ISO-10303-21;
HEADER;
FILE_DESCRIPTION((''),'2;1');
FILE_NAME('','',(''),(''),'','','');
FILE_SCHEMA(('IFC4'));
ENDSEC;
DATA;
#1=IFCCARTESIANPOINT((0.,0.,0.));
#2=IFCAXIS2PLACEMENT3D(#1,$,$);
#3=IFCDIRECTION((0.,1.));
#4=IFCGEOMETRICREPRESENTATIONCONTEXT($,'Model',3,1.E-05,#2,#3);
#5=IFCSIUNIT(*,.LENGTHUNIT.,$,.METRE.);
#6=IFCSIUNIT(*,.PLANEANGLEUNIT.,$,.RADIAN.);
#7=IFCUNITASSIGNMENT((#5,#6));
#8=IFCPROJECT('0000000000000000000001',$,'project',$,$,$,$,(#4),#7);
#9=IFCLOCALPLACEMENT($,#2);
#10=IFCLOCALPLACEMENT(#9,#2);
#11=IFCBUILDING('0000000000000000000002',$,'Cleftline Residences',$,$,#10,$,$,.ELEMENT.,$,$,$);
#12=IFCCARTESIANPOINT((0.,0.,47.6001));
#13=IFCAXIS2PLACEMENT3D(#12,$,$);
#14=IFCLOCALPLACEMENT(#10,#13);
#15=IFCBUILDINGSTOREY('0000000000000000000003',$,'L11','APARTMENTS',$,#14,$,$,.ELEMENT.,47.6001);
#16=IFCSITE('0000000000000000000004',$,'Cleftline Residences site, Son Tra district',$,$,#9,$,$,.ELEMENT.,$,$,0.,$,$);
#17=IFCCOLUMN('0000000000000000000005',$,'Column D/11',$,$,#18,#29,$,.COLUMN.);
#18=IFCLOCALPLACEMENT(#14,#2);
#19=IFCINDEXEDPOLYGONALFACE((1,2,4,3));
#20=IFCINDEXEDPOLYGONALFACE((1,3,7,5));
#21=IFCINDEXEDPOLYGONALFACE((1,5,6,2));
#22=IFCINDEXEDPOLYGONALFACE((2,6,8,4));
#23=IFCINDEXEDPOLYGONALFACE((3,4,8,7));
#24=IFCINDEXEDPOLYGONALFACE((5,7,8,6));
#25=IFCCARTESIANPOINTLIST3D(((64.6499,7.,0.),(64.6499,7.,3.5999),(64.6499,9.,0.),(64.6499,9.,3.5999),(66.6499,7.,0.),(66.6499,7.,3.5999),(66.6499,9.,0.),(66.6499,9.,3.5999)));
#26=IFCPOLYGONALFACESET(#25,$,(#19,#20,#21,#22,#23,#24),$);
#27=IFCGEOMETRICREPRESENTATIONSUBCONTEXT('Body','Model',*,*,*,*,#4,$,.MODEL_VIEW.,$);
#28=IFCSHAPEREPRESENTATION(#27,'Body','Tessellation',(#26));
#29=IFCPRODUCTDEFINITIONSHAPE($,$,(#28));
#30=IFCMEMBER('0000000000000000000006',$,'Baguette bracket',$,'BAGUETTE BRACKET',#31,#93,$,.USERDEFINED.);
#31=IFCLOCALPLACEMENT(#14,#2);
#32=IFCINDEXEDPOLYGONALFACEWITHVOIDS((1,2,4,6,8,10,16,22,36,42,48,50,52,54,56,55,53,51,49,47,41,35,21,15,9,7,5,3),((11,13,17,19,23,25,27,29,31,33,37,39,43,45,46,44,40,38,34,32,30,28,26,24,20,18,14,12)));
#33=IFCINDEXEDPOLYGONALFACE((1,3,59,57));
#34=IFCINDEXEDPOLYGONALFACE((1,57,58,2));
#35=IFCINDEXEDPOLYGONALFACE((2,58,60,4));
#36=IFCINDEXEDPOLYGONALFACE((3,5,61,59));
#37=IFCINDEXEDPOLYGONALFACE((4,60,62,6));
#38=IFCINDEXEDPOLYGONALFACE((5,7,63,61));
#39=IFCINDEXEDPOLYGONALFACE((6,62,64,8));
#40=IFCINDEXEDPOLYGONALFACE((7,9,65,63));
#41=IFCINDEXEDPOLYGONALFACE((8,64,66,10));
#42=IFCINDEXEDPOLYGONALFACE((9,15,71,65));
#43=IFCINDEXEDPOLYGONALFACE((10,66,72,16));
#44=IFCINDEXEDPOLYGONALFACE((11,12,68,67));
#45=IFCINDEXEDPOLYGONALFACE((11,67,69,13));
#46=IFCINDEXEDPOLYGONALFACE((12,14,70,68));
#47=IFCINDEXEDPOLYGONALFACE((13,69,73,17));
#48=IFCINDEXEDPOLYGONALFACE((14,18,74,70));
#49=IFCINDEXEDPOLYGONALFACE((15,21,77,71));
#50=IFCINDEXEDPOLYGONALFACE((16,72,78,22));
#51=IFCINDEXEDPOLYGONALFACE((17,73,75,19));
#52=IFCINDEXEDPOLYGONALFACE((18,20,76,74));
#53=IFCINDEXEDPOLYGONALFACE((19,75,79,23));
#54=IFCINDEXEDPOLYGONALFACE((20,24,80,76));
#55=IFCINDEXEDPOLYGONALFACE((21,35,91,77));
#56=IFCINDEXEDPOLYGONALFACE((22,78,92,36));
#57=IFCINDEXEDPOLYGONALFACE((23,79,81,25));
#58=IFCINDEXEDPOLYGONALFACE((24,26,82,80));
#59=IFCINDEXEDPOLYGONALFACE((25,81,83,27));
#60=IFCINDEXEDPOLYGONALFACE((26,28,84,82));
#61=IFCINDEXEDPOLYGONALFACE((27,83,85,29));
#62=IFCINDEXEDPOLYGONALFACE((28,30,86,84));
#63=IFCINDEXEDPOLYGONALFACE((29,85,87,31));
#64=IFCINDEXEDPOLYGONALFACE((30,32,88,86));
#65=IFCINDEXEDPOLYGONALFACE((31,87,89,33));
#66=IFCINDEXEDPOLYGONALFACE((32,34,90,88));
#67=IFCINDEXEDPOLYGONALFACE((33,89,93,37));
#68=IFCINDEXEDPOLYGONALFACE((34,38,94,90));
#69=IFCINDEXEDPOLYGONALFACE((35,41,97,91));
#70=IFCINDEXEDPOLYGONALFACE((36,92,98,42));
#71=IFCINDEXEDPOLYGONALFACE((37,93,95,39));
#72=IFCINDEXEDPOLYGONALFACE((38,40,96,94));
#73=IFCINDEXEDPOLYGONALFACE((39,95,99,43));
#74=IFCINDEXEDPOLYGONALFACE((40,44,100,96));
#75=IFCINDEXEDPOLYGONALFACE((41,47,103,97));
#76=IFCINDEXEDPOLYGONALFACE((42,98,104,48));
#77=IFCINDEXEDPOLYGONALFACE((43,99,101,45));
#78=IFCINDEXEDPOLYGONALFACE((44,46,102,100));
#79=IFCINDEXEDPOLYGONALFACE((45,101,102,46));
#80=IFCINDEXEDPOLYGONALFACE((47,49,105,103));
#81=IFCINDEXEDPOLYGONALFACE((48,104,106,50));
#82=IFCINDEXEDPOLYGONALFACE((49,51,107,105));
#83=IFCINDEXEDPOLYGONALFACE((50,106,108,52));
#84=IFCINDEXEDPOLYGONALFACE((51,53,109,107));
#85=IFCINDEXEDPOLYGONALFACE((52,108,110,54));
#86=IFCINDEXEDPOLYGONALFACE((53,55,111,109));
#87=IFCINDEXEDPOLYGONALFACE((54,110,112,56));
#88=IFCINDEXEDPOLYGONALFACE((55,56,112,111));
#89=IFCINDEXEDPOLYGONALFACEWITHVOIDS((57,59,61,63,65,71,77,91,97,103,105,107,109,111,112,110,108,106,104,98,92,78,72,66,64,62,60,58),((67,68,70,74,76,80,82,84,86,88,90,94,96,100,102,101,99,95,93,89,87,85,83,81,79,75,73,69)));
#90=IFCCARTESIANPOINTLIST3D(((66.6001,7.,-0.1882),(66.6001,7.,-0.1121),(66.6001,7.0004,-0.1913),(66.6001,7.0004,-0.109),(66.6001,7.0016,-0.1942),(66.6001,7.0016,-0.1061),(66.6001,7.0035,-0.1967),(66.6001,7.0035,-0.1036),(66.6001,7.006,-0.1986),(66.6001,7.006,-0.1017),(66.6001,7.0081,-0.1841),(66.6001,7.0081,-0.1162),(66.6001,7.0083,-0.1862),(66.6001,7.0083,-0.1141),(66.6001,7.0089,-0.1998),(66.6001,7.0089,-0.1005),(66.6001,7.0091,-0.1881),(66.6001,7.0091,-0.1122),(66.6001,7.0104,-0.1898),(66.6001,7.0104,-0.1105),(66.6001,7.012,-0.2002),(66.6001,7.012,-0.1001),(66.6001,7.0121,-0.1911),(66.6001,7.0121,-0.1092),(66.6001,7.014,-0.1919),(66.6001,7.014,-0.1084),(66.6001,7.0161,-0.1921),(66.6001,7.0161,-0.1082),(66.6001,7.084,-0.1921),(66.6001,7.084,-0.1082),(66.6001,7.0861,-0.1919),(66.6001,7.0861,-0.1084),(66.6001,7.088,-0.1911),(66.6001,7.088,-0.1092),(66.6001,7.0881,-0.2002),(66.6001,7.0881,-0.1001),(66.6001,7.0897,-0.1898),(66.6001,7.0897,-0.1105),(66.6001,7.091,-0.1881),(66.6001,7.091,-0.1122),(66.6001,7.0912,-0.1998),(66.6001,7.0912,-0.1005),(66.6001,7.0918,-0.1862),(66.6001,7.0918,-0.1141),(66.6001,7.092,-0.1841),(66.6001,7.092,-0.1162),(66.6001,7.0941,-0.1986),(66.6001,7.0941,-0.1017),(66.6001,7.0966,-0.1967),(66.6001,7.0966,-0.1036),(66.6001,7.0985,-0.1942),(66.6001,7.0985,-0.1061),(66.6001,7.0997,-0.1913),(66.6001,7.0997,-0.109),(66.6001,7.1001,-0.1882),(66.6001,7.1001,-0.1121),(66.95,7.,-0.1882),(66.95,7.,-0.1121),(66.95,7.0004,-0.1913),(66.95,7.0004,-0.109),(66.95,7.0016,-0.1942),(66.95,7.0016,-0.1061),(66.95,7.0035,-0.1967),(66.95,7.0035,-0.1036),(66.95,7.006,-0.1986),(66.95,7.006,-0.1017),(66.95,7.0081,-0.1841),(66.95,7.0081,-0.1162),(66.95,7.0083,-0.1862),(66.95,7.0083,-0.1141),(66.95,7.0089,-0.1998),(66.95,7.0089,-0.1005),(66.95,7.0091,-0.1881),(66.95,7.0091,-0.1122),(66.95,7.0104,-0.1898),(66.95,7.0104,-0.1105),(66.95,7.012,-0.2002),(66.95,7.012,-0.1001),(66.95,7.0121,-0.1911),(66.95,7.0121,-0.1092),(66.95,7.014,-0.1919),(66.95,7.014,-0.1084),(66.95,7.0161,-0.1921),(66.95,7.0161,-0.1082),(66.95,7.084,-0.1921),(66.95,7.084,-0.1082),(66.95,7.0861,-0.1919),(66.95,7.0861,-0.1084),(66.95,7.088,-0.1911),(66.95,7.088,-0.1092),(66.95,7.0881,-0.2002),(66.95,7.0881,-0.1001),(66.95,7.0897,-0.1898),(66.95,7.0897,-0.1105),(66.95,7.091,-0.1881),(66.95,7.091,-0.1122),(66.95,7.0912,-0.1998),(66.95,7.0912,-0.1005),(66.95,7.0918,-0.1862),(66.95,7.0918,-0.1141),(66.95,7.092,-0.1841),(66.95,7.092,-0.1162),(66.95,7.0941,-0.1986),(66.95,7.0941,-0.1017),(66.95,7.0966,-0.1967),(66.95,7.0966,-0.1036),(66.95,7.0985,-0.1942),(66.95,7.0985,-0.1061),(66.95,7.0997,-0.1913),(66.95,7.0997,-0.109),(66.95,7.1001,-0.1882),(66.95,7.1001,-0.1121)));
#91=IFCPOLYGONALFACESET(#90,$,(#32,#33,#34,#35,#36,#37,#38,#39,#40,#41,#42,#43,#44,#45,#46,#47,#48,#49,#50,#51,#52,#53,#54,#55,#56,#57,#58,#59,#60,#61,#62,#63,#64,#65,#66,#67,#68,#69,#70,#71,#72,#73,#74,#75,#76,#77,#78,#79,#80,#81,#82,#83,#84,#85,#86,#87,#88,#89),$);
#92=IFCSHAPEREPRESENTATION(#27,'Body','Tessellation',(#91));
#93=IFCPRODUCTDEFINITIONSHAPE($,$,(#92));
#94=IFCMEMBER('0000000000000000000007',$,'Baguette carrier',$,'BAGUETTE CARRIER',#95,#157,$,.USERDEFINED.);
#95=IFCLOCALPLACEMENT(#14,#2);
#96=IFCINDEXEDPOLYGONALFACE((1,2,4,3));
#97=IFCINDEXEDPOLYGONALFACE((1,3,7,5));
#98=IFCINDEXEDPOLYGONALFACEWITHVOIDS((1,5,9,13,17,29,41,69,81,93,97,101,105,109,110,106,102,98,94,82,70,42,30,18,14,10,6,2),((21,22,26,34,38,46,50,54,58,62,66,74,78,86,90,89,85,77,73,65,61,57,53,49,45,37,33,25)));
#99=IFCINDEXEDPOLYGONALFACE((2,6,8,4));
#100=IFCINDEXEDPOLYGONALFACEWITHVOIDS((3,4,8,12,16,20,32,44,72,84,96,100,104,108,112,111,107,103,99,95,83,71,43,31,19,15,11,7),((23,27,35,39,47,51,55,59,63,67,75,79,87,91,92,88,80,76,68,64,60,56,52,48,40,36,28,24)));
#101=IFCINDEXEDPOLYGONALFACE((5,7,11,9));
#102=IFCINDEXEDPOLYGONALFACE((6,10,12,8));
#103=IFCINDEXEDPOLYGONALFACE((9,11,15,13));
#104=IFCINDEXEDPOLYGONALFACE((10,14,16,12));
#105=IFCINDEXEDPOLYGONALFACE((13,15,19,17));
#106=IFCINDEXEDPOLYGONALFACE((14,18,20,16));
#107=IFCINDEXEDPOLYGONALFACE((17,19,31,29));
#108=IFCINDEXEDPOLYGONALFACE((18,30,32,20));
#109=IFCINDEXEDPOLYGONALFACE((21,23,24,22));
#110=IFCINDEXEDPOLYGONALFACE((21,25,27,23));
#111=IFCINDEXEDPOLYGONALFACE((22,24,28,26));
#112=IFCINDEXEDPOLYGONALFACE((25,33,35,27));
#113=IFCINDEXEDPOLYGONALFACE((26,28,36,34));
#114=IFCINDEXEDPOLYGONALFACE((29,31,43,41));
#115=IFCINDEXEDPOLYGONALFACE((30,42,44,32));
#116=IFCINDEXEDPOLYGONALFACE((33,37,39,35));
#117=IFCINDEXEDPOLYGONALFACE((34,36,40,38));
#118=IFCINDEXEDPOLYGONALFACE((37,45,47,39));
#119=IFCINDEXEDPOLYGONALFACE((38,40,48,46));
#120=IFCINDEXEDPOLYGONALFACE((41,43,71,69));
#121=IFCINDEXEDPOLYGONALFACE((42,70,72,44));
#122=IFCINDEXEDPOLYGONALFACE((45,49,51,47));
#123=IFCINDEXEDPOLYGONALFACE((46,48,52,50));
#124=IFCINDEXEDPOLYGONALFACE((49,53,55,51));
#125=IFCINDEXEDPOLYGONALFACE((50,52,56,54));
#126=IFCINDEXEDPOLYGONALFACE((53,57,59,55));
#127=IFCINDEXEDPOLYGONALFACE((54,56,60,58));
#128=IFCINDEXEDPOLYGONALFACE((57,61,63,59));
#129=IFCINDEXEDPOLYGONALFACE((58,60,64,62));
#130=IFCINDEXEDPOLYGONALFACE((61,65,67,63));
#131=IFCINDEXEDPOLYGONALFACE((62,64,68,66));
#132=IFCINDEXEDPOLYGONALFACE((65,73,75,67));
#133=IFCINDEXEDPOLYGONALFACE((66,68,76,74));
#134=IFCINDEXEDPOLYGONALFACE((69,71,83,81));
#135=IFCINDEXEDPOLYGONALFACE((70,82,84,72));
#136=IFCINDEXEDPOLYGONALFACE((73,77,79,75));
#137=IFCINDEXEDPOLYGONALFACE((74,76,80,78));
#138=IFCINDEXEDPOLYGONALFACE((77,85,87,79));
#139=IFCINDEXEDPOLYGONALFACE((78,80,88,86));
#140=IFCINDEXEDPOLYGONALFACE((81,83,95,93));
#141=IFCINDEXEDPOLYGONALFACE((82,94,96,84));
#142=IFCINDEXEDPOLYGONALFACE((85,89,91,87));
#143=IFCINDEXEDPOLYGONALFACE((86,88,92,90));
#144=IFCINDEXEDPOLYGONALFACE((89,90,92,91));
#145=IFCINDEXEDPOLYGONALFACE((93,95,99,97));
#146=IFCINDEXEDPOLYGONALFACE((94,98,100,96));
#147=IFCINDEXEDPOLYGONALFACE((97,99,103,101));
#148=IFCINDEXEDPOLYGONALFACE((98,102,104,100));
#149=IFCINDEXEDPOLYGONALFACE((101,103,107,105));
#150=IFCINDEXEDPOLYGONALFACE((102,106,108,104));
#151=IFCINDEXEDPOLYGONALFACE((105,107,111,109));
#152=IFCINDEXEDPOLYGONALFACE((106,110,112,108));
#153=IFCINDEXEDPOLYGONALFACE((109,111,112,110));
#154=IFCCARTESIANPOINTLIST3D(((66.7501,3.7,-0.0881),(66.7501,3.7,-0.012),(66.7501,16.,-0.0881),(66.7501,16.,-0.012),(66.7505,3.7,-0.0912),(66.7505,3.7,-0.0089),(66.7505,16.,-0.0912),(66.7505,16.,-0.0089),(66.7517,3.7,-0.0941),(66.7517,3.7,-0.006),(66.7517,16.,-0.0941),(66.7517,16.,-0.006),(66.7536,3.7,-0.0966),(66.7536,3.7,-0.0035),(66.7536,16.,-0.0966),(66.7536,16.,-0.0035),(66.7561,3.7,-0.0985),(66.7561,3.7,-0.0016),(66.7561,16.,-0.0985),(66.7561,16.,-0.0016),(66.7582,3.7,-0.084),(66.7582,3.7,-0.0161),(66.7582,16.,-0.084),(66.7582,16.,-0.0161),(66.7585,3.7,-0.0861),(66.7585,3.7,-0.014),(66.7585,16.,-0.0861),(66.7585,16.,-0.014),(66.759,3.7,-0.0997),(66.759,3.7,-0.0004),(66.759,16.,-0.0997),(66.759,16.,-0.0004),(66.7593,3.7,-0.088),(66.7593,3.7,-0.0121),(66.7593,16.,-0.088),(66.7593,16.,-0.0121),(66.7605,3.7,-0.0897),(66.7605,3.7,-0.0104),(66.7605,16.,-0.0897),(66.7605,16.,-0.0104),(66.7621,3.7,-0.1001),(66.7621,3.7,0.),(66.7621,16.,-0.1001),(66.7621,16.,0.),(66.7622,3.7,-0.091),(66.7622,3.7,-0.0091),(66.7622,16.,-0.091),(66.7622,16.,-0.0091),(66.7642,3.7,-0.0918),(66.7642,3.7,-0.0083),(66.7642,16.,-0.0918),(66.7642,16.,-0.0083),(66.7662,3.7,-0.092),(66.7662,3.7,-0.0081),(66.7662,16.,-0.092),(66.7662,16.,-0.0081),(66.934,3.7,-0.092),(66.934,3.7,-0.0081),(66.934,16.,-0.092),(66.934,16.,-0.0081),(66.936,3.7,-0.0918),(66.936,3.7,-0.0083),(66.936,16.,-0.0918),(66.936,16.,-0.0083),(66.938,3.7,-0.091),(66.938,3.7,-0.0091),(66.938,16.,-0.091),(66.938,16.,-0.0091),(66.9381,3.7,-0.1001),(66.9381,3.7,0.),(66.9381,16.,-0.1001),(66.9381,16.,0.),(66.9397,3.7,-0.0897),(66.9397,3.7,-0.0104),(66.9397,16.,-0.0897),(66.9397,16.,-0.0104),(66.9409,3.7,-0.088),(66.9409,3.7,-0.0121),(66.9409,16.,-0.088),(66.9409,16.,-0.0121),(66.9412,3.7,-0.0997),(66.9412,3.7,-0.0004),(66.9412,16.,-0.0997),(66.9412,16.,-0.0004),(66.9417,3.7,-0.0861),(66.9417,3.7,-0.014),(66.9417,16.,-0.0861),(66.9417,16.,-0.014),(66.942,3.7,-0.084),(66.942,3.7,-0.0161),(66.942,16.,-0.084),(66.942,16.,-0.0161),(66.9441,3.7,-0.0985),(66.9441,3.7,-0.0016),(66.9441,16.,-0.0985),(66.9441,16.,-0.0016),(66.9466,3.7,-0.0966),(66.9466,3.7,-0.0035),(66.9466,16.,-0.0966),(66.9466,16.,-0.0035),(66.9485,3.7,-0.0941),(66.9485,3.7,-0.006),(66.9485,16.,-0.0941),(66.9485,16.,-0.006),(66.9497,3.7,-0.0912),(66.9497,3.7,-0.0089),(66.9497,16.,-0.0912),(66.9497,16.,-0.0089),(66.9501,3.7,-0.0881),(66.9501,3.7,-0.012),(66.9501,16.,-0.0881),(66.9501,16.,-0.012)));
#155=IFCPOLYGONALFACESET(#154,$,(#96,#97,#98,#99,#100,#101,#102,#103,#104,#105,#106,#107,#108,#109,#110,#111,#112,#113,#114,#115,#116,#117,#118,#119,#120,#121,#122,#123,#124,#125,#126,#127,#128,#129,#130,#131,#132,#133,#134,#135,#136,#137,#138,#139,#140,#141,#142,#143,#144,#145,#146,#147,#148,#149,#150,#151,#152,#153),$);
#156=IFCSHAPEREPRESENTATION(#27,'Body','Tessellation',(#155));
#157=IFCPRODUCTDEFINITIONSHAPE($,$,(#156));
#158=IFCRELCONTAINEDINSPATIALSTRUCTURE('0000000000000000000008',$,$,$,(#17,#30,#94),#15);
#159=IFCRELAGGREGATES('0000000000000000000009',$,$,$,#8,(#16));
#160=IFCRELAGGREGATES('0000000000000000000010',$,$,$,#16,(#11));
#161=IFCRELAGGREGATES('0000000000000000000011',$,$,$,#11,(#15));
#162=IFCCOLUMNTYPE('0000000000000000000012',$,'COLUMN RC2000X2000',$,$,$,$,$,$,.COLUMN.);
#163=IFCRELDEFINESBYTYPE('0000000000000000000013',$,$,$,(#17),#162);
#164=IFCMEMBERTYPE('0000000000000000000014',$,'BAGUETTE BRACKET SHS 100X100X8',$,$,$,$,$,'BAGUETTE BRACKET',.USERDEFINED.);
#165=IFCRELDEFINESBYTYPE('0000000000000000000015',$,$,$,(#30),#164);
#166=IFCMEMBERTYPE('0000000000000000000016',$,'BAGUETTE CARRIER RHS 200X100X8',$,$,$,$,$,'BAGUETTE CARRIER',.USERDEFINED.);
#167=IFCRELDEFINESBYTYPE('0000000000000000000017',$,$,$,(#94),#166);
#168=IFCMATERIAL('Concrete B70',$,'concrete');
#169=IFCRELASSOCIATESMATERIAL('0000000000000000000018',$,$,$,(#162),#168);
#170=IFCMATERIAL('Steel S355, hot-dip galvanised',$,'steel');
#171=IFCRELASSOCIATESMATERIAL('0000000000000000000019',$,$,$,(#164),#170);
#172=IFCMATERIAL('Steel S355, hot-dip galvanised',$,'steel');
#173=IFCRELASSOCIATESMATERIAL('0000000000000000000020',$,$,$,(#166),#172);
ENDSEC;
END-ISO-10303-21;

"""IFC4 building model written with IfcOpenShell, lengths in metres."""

from ifc_helpers import new_model, si_unit, direction, frame, origin, origin_2d, place, context, subcontext, project, spatial, rectangle, hollow_rectangle, extrude, material, material_profile, profile_set, type_object, element, save


model = new_model("IFC4")

# Units and contexts
model_context = context("Model", 3, precision=1e-05, world=origin(), true_north=direction((0.0, 1.0)))
body_context = subcontext(model_context, "Body", "Model", "MODEL_VIEW")
ifc_project = project(units=[si_unit("LENGTHUNIT", "METRE"), si_unit("PLANEANGLEUNIT", "RADIAN")], contexts=[model_context])

# Site, building, storey
site_placement = place(None, origin())
site = spatial("IfcSite", under=ifc_project, at=site_placement, Name="Cleftline Residences site, Son Tra district", CompositionType="ELEMENT", RefElevation=0.0)
building_placement = place(site_placement, origin())
building = spatial("IfcBuilding", under=site, at=building_placement, Name="Cleftline Residences", CompositionType="ELEMENT")
storey_placement = place(building_placement, frame((0.0, 0.0, 47.6001)))
storey = spatial("IfcBuildingStorey", under=building, at=storey_placement, Name="L11", Description="APARTMENTS", CompositionType="ELEMENT", Elevation=47.6001)

# Column
ifc_material_1 = material(Name="Concrete B70", Category="concrete")
ifc_material_profile_1 = material_profile(ifc_material_1, rectangle(XDim=2.0, YDim=2.0, at=origin_2d()))
ifc_profile_set_1 = profile_set([ifc_material_profile_1], Name="Concrete B70")
column_type = type_object("IfcColumnType", Name="COLUMN RC2000X2000", PredefinedType="COLUMN", material=ifc_profile_set_1)
column_placement = place(storey_placement, frame((65.6499, 8.0, 0.0), z_axis=(0.0, 0.0, 1.0), x_axis=(1.0, 0.0, 0.0)))
element("IfcColumn", 1, at=column_placement, inside=storey, type_object=column_type, Name="Column D/11", PredefinedType="COLUMN", context=body_context, shape_type="SweptSolid", body=[
    extrude(rectangle(XDim=2.0, YDim=2.0, at=origin_2d()), origin(), (0.0, 0.0, 1.0), 3.5999),
])

# Members
ifc_material_2 = material(Name="Steel S355, hot-dip galvanised", Category="steel")
ifc_material_profile_2 = material_profile(ifc_material_2, hollow_rectangle(XDim=0.1001, YDim=0.1001, WallThickness=0.0081, InnerFilletRadius=0.0081, OuterFilletRadius=0.012, at=origin_2d()))
ifc_profile_set_2 = profile_set([ifc_material_profile_2], Name="Steel S355, hot-dip galvanised")
member_type_1 = type_object("IfcMemberType", Name="BAGUETTE BRACKET SHS 100X100X8", ElementType="BAGUETTE BRACKET", PredefinedType="USERDEFINED", material=ifc_profile_set_2)
member_1_placement = place(storey_placement, frame((66.6001, 7.05, -0.1501), z_axis=(1.0, 0.0, 0.0), x_axis=(0.0, 1.0, 0.0)))
element("IfcMember", 2, at=member_1_placement, inside=storey, type_object=member_type_1, Name="Baguette bracket", ObjectType="BAGUETTE BRACKET", PredefinedType="USERDEFINED", context=body_context, shape_type="SweptSolid", body=[
    extrude(hollow_rectangle(XDim=0.1001, YDim=0.1001, WallThickness=0.0081, InnerFilletRadius=0.0081, OuterFilletRadius=0.012, at=origin_2d()), origin(), (0.0, 0.0, 1.0), 0.3499),
])
ifc_material_3 = material(Name="Steel S355, hot-dip galvanised", Category="steel")
ifc_material_profile_3 = material_profile(ifc_material_3, hollow_rectangle(XDim=0.1001, YDim=0.2, WallThickness=0.0081, InnerFilletRadius=0.0081, OuterFilletRadius=0.012, at=origin_2d()))
ifc_profile_set_3 = profile_set([ifc_material_profile_3], Name="Steel S355, hot-dip galvanised")
member_type_2 = type_object("IfcMemberType", Name="BAGUETTE CARRIER RHS 200X100X8", ElementType="BAGUETTE CARRIER", PredefinedType="USERDEFINED", material=ifc_profile_set_3)
member_2_placement = place(storey_placement, frame((66.8501, 3.7, -0.05), z_axis=(0.0, 1.0, 0.0), x_axis=(0.0, 0.0, 1.0)))
element("IfcMember", 3, at=member_2_placement, inside=storey, type_object=member_type_2, Name="Baguette carrier", ObjectType="BAGUETTE CARRIER", PredefinedType="USERDEFINED", context=body_context, shape_type="SweptSolid", body=[
    extrude(hollow_rectangle(XDim=0.1001, YDim=0.2, WallThickness=0.0081, InnerFilletRadius=0.0081, OuterFilletRadius=0.012, at=origin_2d()), origin(), (0.0, 0.0, 1.0), 12.3),
])

save(model, "model.ifc")
